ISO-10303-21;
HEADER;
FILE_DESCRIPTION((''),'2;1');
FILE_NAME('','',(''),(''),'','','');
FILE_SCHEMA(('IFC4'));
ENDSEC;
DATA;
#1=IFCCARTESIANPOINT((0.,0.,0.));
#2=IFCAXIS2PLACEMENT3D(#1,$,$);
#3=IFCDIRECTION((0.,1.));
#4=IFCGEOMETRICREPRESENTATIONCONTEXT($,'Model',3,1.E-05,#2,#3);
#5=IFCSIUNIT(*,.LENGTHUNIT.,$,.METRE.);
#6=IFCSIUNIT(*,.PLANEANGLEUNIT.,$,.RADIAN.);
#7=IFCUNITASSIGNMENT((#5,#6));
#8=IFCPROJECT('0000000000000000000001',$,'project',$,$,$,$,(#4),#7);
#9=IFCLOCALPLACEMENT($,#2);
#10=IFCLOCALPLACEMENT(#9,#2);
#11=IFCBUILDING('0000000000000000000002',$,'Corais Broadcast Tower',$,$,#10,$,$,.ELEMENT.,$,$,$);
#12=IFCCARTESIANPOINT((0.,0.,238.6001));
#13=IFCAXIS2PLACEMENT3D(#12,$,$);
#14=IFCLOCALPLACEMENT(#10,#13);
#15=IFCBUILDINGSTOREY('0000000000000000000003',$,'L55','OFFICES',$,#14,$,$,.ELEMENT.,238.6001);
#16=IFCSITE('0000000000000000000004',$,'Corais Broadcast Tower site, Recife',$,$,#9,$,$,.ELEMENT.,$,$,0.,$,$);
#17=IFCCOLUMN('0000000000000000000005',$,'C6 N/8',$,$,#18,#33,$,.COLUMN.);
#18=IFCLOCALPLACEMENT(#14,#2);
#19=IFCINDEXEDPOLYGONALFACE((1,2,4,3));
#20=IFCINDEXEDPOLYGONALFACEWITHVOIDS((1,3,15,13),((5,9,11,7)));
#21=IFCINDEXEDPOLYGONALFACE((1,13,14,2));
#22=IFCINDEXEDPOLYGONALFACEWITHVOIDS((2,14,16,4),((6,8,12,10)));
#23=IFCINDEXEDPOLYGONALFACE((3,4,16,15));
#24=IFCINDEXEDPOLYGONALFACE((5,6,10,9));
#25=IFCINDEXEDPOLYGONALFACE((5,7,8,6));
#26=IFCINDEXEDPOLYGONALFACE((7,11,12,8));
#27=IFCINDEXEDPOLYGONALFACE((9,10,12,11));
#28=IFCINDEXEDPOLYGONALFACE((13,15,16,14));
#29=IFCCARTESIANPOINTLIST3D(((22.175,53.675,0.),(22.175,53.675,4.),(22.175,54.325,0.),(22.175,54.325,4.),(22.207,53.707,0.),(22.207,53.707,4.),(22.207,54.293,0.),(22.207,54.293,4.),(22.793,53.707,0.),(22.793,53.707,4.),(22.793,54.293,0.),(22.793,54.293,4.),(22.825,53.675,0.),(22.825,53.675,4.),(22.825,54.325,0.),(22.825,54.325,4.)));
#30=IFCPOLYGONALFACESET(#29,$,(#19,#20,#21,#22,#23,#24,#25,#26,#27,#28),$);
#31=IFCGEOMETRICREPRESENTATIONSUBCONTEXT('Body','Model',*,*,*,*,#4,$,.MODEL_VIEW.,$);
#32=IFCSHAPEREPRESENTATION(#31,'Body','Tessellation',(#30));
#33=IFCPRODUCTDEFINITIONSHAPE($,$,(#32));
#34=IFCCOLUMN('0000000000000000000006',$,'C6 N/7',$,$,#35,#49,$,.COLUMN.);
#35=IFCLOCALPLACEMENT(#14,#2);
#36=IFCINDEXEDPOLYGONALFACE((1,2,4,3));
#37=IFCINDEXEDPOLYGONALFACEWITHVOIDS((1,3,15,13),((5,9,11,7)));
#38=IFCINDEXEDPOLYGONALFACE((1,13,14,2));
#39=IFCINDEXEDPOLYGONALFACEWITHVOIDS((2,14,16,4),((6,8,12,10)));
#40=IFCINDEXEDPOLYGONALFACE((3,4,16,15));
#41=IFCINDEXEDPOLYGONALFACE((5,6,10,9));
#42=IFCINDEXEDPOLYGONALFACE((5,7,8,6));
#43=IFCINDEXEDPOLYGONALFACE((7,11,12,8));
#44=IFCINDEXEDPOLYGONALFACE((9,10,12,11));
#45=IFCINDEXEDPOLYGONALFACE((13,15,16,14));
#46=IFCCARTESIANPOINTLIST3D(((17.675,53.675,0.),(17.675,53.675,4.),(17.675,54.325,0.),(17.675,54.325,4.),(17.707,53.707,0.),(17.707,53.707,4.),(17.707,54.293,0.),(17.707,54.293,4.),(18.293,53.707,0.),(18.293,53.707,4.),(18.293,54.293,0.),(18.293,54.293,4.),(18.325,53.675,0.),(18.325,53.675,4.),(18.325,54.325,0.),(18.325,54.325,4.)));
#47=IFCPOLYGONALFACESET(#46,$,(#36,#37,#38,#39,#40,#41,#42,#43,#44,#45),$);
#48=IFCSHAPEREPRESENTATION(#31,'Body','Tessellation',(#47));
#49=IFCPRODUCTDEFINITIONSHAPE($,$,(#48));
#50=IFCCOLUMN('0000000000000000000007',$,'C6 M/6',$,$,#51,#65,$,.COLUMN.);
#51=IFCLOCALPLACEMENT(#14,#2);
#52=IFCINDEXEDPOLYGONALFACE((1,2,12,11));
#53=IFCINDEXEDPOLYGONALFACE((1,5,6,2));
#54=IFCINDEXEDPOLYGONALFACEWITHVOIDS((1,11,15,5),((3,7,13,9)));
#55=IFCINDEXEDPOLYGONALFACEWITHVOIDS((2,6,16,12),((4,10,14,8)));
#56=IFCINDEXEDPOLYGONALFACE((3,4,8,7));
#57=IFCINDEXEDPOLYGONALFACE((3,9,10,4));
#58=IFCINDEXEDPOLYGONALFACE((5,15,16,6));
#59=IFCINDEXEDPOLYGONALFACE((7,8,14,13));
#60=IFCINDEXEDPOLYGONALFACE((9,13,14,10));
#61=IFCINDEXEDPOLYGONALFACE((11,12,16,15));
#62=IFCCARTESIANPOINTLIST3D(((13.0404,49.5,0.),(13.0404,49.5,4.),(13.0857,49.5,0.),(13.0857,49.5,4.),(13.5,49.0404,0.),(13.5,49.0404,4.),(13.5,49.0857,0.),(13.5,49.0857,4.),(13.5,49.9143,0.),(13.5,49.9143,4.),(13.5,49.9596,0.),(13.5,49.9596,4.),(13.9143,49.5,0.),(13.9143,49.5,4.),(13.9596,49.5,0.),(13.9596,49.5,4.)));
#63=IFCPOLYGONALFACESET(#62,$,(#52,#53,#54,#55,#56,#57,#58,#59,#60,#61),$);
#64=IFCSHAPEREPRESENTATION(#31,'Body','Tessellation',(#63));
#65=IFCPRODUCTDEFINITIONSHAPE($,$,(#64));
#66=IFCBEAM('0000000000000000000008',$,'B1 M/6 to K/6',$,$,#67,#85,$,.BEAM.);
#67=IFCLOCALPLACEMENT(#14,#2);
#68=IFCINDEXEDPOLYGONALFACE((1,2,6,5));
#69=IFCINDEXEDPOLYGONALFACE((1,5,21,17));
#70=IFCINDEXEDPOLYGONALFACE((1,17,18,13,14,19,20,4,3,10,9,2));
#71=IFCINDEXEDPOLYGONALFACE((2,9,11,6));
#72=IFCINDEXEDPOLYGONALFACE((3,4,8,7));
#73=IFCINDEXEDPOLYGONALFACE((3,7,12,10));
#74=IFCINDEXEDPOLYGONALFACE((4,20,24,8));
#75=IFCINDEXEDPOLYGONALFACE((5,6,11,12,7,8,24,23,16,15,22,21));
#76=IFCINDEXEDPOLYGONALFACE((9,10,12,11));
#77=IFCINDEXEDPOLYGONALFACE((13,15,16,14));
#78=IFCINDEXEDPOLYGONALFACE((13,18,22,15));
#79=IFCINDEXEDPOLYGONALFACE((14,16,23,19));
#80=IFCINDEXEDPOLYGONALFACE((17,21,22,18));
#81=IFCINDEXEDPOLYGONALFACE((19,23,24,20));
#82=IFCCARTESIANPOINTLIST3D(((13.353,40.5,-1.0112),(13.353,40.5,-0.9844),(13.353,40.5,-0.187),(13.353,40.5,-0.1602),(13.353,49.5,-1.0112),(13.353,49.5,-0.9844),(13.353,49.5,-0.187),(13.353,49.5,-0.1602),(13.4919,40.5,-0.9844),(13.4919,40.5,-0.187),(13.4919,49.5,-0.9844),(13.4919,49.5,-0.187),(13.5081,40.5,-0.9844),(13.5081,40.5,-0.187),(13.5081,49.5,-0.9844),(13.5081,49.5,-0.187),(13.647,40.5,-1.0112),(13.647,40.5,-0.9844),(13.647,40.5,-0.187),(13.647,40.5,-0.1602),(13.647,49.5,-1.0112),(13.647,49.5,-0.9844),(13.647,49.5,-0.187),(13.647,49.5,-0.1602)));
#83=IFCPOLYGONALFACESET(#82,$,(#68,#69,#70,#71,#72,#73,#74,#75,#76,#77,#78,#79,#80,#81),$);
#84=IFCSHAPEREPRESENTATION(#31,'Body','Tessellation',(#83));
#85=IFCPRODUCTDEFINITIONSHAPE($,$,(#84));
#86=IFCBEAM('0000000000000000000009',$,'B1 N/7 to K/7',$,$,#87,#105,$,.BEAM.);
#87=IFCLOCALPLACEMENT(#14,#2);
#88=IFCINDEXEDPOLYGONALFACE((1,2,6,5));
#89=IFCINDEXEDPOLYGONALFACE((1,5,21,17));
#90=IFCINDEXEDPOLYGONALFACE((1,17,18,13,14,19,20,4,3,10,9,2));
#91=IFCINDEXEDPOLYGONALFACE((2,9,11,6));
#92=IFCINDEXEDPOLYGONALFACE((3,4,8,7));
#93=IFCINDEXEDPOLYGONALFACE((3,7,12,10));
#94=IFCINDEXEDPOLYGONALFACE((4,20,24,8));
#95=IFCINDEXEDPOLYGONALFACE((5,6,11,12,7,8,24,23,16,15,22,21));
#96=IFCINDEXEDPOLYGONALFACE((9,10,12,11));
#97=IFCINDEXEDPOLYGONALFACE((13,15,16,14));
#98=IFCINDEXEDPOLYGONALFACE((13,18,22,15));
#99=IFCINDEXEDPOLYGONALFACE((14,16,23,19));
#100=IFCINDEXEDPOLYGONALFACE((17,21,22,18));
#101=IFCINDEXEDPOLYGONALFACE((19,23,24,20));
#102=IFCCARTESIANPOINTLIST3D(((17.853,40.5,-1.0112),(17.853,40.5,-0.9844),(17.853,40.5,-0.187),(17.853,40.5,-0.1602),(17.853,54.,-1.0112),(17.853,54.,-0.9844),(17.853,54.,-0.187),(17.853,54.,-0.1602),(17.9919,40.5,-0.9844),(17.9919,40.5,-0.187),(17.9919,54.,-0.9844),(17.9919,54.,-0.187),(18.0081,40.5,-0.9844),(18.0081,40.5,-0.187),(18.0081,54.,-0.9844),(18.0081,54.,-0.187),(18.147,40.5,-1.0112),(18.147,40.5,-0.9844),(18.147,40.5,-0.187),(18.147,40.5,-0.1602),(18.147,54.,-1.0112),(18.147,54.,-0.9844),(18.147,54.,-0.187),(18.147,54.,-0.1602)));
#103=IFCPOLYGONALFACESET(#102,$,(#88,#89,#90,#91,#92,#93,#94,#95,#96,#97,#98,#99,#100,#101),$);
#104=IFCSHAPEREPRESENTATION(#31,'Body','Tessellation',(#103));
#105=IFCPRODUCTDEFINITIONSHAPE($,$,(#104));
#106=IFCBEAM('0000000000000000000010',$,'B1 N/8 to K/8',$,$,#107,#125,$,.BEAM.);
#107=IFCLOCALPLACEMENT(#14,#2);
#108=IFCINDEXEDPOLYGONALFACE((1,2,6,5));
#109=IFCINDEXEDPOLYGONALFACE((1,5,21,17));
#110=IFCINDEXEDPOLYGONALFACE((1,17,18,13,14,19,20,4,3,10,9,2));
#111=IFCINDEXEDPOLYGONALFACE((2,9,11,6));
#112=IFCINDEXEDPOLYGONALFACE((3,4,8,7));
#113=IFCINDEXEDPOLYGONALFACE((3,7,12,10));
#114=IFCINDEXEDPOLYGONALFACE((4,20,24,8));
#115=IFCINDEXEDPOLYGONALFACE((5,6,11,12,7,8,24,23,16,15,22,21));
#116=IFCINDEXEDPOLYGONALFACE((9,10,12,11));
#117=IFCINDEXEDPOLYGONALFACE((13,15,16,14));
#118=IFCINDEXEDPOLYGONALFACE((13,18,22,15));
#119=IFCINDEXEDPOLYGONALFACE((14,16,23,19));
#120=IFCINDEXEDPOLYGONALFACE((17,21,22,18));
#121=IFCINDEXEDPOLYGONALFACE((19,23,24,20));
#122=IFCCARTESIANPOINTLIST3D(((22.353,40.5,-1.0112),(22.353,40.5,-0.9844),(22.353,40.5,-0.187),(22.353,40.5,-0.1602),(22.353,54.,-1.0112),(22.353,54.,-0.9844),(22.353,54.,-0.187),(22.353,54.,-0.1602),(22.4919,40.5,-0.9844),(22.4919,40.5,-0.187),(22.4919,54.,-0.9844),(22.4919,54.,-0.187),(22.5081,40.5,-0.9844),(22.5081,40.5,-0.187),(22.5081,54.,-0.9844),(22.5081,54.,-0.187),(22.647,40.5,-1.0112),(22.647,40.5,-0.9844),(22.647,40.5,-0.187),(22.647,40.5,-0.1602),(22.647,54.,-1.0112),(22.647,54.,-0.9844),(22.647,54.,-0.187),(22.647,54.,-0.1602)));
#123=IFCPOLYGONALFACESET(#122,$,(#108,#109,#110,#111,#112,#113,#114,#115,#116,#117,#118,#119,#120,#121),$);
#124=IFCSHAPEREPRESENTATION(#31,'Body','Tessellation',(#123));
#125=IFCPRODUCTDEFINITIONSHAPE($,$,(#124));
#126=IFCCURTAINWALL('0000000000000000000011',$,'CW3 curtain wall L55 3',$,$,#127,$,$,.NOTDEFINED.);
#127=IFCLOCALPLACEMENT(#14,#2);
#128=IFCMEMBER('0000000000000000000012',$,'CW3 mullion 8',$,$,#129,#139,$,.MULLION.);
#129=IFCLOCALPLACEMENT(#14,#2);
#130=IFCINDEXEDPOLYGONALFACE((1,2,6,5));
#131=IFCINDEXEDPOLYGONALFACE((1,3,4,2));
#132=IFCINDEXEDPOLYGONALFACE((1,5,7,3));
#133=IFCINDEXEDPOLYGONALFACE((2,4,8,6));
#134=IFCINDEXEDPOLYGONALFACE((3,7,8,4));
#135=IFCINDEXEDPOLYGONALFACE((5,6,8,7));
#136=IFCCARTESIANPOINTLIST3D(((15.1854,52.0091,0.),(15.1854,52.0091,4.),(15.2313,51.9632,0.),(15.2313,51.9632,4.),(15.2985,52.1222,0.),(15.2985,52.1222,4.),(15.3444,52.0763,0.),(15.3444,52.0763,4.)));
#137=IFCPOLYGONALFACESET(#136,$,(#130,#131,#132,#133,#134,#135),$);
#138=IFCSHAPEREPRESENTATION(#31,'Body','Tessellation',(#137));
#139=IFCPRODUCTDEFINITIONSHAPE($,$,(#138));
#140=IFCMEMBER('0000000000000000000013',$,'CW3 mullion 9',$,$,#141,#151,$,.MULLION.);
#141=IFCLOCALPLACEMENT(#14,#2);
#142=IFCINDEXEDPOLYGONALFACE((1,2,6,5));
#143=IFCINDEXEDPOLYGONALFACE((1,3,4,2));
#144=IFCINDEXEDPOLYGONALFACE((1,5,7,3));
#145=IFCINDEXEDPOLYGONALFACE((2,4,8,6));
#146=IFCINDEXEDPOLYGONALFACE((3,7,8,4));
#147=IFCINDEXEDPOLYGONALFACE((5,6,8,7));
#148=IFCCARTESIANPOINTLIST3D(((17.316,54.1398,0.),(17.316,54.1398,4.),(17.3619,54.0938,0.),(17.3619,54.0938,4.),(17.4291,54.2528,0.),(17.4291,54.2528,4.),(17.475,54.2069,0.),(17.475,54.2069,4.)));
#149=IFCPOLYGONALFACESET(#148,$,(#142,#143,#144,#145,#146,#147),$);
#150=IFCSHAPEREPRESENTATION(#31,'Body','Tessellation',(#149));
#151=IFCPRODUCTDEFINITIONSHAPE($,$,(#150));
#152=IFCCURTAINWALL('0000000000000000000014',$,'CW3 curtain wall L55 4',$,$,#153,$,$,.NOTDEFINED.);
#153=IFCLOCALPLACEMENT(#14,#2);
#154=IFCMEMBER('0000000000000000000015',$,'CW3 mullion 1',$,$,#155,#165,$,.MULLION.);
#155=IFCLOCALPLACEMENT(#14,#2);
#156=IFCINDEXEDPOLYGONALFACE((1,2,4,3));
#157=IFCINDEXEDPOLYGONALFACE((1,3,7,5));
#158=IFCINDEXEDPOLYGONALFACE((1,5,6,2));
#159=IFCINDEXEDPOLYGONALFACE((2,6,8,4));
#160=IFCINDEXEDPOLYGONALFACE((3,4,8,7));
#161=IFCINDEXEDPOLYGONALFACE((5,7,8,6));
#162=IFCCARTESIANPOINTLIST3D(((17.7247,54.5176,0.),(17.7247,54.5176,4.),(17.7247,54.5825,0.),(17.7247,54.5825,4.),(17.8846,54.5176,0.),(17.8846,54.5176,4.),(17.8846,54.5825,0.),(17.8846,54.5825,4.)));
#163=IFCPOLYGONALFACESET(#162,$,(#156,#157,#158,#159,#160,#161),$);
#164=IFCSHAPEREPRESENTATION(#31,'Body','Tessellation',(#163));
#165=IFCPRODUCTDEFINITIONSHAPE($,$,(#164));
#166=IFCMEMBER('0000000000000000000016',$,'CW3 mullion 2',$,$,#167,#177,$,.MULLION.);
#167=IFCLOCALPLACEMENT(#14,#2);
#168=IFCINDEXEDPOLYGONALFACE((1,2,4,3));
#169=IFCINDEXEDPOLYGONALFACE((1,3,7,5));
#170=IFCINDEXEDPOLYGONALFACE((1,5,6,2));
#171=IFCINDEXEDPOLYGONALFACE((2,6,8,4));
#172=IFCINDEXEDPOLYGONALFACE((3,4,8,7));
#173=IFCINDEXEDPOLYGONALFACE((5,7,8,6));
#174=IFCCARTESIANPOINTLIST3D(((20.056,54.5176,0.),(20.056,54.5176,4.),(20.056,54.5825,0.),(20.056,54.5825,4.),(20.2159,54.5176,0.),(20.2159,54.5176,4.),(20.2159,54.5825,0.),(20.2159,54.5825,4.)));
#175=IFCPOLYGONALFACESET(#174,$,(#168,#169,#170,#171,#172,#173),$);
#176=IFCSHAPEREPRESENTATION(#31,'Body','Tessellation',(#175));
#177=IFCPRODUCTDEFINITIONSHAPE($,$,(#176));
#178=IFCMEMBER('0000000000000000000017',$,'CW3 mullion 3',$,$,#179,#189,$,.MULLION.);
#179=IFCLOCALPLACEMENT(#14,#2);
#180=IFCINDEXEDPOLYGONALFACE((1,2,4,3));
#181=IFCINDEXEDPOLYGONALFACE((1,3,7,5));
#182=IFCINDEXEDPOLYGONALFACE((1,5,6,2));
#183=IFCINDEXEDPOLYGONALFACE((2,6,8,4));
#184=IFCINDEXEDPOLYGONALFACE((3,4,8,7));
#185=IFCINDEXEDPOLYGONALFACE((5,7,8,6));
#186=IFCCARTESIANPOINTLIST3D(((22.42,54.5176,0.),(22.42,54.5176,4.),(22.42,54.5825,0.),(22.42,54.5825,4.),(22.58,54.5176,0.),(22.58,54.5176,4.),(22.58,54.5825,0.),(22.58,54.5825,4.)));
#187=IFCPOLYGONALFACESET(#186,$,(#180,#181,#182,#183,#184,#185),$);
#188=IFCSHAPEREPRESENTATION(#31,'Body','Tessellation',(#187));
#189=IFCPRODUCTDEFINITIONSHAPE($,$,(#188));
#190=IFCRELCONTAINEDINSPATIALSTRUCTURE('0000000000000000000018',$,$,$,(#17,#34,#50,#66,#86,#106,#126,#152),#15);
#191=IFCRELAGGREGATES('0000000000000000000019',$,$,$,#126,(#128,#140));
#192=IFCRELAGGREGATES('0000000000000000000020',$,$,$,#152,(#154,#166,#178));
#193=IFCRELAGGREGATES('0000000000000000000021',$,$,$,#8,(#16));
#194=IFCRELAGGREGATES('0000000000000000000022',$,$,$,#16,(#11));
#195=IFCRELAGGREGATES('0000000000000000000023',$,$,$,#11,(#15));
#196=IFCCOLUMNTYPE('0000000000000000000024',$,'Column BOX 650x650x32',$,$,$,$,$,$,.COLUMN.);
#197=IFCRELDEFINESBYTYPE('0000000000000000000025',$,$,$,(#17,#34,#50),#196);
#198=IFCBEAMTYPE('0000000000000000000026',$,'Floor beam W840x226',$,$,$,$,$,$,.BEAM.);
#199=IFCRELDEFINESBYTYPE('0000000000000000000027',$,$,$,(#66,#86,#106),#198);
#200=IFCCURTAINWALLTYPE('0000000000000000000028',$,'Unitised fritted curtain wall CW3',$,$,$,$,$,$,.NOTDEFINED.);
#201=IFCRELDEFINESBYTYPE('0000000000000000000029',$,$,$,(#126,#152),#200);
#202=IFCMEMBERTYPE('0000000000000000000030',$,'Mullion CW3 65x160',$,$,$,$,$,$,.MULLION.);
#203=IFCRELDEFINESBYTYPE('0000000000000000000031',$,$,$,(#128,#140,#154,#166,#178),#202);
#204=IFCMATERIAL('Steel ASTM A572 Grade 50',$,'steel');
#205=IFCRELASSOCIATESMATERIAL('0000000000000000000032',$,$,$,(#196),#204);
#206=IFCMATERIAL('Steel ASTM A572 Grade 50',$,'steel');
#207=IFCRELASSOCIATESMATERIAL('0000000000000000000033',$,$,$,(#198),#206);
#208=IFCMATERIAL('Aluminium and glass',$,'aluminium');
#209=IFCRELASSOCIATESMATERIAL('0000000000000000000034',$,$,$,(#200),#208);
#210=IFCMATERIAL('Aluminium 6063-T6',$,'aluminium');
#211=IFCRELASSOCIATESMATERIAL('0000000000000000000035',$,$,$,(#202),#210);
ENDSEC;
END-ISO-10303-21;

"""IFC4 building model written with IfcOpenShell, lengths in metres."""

from ifc_helpers import new_model, si_unit, direction, frame, origin, origin_2d, place, context, subcontext, project, spatial, rectangle, hollow_rectangle, i_section, extrude, material, material_profile, profile_set, type_object, element, aggregate, save


model = new_model("IFC4")

# Units and contexts
model_context = context("Model", 3, precision=1e-05, world=origin(), true_north=direction((0.0, 1.0)))
body_context = subcontext(model_context, "Body", "Model", "MODEL_VIEW")
ifc_project = project(units=[si_unit("LENGTHUNIT", "METRE"), si_unit("PLANEANGLEUNIT", "RADIAN")], contexts=[model_context])

# Site, building, storey
site_placement = place(None, origin())
site = spatial("IfcSite", under=ifc_project, at=site_placement, Name="Corais Broadcast Tower site, Recife", CompositionType="ELEMENT", RefElevation=0.0)
building_placement = place(site_placement, origin())
building = spatial("IfcBuilding", under=site, at=building_placement, Name="Corais Broadcast Tower", CompositionType="ELEMENT")
storey_placement = place(building_placement, frame((0.0, 0.0, 238.6001)))
storey = spatial("IfcBuildingStorey", under=building, at=storey_placement, Name="L55", Description="OFFICES", CompositionType="ELEMENT", Elevation=238.6001)

# Columns
ifc_material_1 = material(Name="Steel ASTM A572 Grade 50", Category="steel")
ifc_material_profile_1 = material_profile(ifc_material_1, hollow_rectangle(XDim=0.6499, YDim=0.6499, WallThickness=0.032, at=origin_2d()), Name="BOX 650x650x32")
ifc_profile_set_1 = profile_set([ifc_material_profile_1], Name="Steel ASTM A572 Grade 50")
column_type = type_object("IfcColumnType", Name="Column BOX 650x650x32", PredefinedType="COLUMN", material=ifc_profile_set_1)
for number, where, z_axis, x_axis, name in (
    (1, (22.5, 54.0, 0.0), (0.0, 0.0, 1.0), (1.0, 0.0, 0.0), "C6 N/8"),
    (2, (18.0, 54.0, 0.0), (0.0, 0.0, 1.0), (1.0, 0.0, 0.0), "C6 N/7"),
    (3, (13.5, 49.5, 0.0), (0.0, 0.0, 1.0), (0.707107, 0.707107, 0.0), "C6 M/6"),
):
    element("IfcColumn", number, at=place(storey_placement, frame(where, z_axis=z_axis, x_axis=x_axis)), inside=storey, type_object=column_type, Name=name, PredefinedType="COLUMN", context=body_context, shape_type="SweptSolid", body=[
        extrude(hollow_rectangle(XDim=0.6499, YDim=0.6499, WallThickness=0.032, at=origin_2d()), origin(), (0.0, 0.0, 1.0), 4.0),
    ])

# Beams
ifc_material_2 = material(Name="Steel ASTM A572 Grade 50", Category="steel")
ifc_material_profile_2 = material_profile(ifc_material_2, i_section(OverallWidth=0.2939, OverallDepth=0.8511, WebThickness=0.0161, FlangeThickness=0.0269, at=origin_2d()), Name="W840x226")
ifc_profile_set_2 = profile_set([ifc_material_profile_2], Name="Steel ASTM A572 Grade 50")
beam_type_1 = type_object("IfcBeamType", Name="Floor beam W840x226", PredefinedType="BEAM", material=ifc_profile_set_2)
beam_1_placement = place(storey_placement, frame((13.5, 49.5, -0.5857), z_axis=(0.0, -1.0, 0.0), x_axis=(1.0, 0.0, 0.0)))
element("IfcBeam", 4, at=beam_1_placement, inside=storey, type_object=beam_type_1, Name="B1 M/6 to K/6", PredefinedType="BEAM", context=body_context, shape_type="SweptSolid", body=[
    extrude(i_section(OverallWidth=0.2939, OverallDepth=0.8511, WebThickness=0.0161, FlangeThickness=0.0269, at=origin_2d()), origin(), (0.0, 0.0, 1.0), 9.0),
])
for number, where, z_axis, x_axis, name in (
    (5, (18.0, 54.0, -0.5857), (0.0, -1.0, 0.0), (1.0, 0.0, 0.0), "B1 N/7 to K/7"),
    (6, (22.5, 54.0, -0.5857), (0.0, -1.0, 0.0), (1.0, 0.0, 0.0), "B1 N/8 to K/8"),
):
    element("IfcBeam", number, at=place(storey_placement, frame(where, z_axis=z_axis, x_axis=x_axis)), inside=storey, type_object=beam_type_1, Name=name, PredefinedType="BEAM", context=body_context, shape_type="SweptSolid", body=[
        extrude(i_section(OverallWidth=0.2939, OverallDepth=0.8511, WebThickness=0.0161, FlangeThickness=0.0269, at=origin_2d()), origin(), (0.0, 0.0, 1.0), 13.5),
    ])

# Curtain walls, members
ifc_material_3 = material(Name="Aluminium and glass", Category="aluminium")
curtain_wall_type = type_object("IfcCurtainWallType", Name="Unitised fritted curtain wall CW3", PredefinedType="NOTDEFINED", material=ifc_material_3)
curtain_wall_1_placement = place(storey_placement, origin())
curtain_wall_1 = element("IfcCurtainWall", 7, at=curtain_wall_1_placement, inside=storey, type_object=curtain_wall_type, Name="CW3 curtain wall L55 3", PredefinedType="NOTDEFINED")
ifc_material_4 = material(Name="Aluminium 6063-T6", Category="aluminium")
ifc_material_profile_3 = material_profile(ifc_material_4, rectangle(XDim=0.0649, YDim=0.1599, at=origin_2d()), Name="Mullion CW3 65x160")
ifc_profile_set_3 = profile_set([ifc_material_profile_3], Name="Aluminium 6063-T6")
member_type_1 = type_object("IfcMemberType", Name="Mullion CW3 65x160", PredefinedType="MULLION", material=ifc_profile_set_3)
member_1_placement = place(storey_placement, frame((15.2649, 52.0427, 0.0), z_axis=(0.0, 0.0, 1.0), x_axis=(-0.707107, 0.707107, 0.0)))
member_1 = element("IfcMember", 8, at=member_1_placement, type_object=member_type_1, Name="CW3 mullion 8", PredefinedType="MULLION", context=body_context, shape_type="SweptSolid", body=[
    extrude(rectangle(XDim=0.0649, YDim=0.1599, at=origin_2d()), origin(), (0.0, 0.0, 1.0), 4.0),
])
member_2_placement = place(storey_placement, frame((17.3955, 54.1733, 0.0), z_axis=(0.0, 0.0, 1.0), x_axis=(-0.707107, 0.707107, 0.0)))
member_2 = element("IfcMember", 9, at=member_2_placement, type_object=member_type_1, Name="CW3 mullion 9", PredefinedType="MULLION", context=body_context, shape_type="SweptSolid", body=[
    extrude(rectangle(XDim=0.0649, YDim=0.1599, at=origin_2d()), origin(), (0.0, 0.0, 1.0), 4.0),
])
curtain_wall_2_placement = place(storey_placement, origin())
curtain_wall_2 = element("IfcCurtainWall", 10, at=curtain_wall_2_placement, inside=storey, type_object=curtain_wall_type, Name="CW3 curtain wall L55 4", PredefinedType="NOTDEFINED")
member_3_placement = place(storey_placement, frame((17.8047, 54.55, 0.0), z_axis=(0.0, 0.0, 1.0), x_axis=(0.0, 1.0, 0.0)))
member_3 = element("IfcMember", 11, at=member_3_placement, type_object=member_type_1, Name="CW3 mullion 1", PredefinedType="MULLION", context=body_context, shape_type="SweptSolid", body=[
    extrude(rectangle(XDim=0.0649, YDim=0.1599, at=origin_2d()), origin(), (0.0, 0.0, 1.0), 4.0),
])
member_4_placement = place(storey_placement, frame((20.136, 54.55, 0.0), z_axis=(0.0, 0.0, 1.0), x_axis=(0.0, 1.0, 0.0)))
member_4 = element("IfcMember", 12, at=member_4_placement, type_object=member_type_1, Name="CW3 mullion 2", PredefinedType="MULLION", context=body_context, shape_type="SweptSolid", body=[
    extrude(rectangle(XDim=0.0649, YDim=0.1599, at=origin_2d()), origin(), (0.0, 0.0, 1.0), 4.0),
])
member_5_placement = place(storey_placement, frame((22.5, 54.55, 0.0), z_axis=(0.0, 0.0, 1.0), x_axis=(0.0, 1.0, 0.0)))
member_5 = element("IfcMember", 13, at=member_5_placement, type_object=member_type_1, Name="CW3 mullion 3", PredefinedType="MULLION", context=body_context, shape_type="SweptSolid", body=[
    extrude(rectangle(XDim=0.0649, YDim=0.1599, at=origin_2d()), origin(), (0.0, 0.0, 1.0), 4.0),
])

aggregate(curtain_wall_1, [member_1, member_2])
aggregate(curtain_wall_2, [member_3, member_4, member_5])

save(model, "model.ifc")
